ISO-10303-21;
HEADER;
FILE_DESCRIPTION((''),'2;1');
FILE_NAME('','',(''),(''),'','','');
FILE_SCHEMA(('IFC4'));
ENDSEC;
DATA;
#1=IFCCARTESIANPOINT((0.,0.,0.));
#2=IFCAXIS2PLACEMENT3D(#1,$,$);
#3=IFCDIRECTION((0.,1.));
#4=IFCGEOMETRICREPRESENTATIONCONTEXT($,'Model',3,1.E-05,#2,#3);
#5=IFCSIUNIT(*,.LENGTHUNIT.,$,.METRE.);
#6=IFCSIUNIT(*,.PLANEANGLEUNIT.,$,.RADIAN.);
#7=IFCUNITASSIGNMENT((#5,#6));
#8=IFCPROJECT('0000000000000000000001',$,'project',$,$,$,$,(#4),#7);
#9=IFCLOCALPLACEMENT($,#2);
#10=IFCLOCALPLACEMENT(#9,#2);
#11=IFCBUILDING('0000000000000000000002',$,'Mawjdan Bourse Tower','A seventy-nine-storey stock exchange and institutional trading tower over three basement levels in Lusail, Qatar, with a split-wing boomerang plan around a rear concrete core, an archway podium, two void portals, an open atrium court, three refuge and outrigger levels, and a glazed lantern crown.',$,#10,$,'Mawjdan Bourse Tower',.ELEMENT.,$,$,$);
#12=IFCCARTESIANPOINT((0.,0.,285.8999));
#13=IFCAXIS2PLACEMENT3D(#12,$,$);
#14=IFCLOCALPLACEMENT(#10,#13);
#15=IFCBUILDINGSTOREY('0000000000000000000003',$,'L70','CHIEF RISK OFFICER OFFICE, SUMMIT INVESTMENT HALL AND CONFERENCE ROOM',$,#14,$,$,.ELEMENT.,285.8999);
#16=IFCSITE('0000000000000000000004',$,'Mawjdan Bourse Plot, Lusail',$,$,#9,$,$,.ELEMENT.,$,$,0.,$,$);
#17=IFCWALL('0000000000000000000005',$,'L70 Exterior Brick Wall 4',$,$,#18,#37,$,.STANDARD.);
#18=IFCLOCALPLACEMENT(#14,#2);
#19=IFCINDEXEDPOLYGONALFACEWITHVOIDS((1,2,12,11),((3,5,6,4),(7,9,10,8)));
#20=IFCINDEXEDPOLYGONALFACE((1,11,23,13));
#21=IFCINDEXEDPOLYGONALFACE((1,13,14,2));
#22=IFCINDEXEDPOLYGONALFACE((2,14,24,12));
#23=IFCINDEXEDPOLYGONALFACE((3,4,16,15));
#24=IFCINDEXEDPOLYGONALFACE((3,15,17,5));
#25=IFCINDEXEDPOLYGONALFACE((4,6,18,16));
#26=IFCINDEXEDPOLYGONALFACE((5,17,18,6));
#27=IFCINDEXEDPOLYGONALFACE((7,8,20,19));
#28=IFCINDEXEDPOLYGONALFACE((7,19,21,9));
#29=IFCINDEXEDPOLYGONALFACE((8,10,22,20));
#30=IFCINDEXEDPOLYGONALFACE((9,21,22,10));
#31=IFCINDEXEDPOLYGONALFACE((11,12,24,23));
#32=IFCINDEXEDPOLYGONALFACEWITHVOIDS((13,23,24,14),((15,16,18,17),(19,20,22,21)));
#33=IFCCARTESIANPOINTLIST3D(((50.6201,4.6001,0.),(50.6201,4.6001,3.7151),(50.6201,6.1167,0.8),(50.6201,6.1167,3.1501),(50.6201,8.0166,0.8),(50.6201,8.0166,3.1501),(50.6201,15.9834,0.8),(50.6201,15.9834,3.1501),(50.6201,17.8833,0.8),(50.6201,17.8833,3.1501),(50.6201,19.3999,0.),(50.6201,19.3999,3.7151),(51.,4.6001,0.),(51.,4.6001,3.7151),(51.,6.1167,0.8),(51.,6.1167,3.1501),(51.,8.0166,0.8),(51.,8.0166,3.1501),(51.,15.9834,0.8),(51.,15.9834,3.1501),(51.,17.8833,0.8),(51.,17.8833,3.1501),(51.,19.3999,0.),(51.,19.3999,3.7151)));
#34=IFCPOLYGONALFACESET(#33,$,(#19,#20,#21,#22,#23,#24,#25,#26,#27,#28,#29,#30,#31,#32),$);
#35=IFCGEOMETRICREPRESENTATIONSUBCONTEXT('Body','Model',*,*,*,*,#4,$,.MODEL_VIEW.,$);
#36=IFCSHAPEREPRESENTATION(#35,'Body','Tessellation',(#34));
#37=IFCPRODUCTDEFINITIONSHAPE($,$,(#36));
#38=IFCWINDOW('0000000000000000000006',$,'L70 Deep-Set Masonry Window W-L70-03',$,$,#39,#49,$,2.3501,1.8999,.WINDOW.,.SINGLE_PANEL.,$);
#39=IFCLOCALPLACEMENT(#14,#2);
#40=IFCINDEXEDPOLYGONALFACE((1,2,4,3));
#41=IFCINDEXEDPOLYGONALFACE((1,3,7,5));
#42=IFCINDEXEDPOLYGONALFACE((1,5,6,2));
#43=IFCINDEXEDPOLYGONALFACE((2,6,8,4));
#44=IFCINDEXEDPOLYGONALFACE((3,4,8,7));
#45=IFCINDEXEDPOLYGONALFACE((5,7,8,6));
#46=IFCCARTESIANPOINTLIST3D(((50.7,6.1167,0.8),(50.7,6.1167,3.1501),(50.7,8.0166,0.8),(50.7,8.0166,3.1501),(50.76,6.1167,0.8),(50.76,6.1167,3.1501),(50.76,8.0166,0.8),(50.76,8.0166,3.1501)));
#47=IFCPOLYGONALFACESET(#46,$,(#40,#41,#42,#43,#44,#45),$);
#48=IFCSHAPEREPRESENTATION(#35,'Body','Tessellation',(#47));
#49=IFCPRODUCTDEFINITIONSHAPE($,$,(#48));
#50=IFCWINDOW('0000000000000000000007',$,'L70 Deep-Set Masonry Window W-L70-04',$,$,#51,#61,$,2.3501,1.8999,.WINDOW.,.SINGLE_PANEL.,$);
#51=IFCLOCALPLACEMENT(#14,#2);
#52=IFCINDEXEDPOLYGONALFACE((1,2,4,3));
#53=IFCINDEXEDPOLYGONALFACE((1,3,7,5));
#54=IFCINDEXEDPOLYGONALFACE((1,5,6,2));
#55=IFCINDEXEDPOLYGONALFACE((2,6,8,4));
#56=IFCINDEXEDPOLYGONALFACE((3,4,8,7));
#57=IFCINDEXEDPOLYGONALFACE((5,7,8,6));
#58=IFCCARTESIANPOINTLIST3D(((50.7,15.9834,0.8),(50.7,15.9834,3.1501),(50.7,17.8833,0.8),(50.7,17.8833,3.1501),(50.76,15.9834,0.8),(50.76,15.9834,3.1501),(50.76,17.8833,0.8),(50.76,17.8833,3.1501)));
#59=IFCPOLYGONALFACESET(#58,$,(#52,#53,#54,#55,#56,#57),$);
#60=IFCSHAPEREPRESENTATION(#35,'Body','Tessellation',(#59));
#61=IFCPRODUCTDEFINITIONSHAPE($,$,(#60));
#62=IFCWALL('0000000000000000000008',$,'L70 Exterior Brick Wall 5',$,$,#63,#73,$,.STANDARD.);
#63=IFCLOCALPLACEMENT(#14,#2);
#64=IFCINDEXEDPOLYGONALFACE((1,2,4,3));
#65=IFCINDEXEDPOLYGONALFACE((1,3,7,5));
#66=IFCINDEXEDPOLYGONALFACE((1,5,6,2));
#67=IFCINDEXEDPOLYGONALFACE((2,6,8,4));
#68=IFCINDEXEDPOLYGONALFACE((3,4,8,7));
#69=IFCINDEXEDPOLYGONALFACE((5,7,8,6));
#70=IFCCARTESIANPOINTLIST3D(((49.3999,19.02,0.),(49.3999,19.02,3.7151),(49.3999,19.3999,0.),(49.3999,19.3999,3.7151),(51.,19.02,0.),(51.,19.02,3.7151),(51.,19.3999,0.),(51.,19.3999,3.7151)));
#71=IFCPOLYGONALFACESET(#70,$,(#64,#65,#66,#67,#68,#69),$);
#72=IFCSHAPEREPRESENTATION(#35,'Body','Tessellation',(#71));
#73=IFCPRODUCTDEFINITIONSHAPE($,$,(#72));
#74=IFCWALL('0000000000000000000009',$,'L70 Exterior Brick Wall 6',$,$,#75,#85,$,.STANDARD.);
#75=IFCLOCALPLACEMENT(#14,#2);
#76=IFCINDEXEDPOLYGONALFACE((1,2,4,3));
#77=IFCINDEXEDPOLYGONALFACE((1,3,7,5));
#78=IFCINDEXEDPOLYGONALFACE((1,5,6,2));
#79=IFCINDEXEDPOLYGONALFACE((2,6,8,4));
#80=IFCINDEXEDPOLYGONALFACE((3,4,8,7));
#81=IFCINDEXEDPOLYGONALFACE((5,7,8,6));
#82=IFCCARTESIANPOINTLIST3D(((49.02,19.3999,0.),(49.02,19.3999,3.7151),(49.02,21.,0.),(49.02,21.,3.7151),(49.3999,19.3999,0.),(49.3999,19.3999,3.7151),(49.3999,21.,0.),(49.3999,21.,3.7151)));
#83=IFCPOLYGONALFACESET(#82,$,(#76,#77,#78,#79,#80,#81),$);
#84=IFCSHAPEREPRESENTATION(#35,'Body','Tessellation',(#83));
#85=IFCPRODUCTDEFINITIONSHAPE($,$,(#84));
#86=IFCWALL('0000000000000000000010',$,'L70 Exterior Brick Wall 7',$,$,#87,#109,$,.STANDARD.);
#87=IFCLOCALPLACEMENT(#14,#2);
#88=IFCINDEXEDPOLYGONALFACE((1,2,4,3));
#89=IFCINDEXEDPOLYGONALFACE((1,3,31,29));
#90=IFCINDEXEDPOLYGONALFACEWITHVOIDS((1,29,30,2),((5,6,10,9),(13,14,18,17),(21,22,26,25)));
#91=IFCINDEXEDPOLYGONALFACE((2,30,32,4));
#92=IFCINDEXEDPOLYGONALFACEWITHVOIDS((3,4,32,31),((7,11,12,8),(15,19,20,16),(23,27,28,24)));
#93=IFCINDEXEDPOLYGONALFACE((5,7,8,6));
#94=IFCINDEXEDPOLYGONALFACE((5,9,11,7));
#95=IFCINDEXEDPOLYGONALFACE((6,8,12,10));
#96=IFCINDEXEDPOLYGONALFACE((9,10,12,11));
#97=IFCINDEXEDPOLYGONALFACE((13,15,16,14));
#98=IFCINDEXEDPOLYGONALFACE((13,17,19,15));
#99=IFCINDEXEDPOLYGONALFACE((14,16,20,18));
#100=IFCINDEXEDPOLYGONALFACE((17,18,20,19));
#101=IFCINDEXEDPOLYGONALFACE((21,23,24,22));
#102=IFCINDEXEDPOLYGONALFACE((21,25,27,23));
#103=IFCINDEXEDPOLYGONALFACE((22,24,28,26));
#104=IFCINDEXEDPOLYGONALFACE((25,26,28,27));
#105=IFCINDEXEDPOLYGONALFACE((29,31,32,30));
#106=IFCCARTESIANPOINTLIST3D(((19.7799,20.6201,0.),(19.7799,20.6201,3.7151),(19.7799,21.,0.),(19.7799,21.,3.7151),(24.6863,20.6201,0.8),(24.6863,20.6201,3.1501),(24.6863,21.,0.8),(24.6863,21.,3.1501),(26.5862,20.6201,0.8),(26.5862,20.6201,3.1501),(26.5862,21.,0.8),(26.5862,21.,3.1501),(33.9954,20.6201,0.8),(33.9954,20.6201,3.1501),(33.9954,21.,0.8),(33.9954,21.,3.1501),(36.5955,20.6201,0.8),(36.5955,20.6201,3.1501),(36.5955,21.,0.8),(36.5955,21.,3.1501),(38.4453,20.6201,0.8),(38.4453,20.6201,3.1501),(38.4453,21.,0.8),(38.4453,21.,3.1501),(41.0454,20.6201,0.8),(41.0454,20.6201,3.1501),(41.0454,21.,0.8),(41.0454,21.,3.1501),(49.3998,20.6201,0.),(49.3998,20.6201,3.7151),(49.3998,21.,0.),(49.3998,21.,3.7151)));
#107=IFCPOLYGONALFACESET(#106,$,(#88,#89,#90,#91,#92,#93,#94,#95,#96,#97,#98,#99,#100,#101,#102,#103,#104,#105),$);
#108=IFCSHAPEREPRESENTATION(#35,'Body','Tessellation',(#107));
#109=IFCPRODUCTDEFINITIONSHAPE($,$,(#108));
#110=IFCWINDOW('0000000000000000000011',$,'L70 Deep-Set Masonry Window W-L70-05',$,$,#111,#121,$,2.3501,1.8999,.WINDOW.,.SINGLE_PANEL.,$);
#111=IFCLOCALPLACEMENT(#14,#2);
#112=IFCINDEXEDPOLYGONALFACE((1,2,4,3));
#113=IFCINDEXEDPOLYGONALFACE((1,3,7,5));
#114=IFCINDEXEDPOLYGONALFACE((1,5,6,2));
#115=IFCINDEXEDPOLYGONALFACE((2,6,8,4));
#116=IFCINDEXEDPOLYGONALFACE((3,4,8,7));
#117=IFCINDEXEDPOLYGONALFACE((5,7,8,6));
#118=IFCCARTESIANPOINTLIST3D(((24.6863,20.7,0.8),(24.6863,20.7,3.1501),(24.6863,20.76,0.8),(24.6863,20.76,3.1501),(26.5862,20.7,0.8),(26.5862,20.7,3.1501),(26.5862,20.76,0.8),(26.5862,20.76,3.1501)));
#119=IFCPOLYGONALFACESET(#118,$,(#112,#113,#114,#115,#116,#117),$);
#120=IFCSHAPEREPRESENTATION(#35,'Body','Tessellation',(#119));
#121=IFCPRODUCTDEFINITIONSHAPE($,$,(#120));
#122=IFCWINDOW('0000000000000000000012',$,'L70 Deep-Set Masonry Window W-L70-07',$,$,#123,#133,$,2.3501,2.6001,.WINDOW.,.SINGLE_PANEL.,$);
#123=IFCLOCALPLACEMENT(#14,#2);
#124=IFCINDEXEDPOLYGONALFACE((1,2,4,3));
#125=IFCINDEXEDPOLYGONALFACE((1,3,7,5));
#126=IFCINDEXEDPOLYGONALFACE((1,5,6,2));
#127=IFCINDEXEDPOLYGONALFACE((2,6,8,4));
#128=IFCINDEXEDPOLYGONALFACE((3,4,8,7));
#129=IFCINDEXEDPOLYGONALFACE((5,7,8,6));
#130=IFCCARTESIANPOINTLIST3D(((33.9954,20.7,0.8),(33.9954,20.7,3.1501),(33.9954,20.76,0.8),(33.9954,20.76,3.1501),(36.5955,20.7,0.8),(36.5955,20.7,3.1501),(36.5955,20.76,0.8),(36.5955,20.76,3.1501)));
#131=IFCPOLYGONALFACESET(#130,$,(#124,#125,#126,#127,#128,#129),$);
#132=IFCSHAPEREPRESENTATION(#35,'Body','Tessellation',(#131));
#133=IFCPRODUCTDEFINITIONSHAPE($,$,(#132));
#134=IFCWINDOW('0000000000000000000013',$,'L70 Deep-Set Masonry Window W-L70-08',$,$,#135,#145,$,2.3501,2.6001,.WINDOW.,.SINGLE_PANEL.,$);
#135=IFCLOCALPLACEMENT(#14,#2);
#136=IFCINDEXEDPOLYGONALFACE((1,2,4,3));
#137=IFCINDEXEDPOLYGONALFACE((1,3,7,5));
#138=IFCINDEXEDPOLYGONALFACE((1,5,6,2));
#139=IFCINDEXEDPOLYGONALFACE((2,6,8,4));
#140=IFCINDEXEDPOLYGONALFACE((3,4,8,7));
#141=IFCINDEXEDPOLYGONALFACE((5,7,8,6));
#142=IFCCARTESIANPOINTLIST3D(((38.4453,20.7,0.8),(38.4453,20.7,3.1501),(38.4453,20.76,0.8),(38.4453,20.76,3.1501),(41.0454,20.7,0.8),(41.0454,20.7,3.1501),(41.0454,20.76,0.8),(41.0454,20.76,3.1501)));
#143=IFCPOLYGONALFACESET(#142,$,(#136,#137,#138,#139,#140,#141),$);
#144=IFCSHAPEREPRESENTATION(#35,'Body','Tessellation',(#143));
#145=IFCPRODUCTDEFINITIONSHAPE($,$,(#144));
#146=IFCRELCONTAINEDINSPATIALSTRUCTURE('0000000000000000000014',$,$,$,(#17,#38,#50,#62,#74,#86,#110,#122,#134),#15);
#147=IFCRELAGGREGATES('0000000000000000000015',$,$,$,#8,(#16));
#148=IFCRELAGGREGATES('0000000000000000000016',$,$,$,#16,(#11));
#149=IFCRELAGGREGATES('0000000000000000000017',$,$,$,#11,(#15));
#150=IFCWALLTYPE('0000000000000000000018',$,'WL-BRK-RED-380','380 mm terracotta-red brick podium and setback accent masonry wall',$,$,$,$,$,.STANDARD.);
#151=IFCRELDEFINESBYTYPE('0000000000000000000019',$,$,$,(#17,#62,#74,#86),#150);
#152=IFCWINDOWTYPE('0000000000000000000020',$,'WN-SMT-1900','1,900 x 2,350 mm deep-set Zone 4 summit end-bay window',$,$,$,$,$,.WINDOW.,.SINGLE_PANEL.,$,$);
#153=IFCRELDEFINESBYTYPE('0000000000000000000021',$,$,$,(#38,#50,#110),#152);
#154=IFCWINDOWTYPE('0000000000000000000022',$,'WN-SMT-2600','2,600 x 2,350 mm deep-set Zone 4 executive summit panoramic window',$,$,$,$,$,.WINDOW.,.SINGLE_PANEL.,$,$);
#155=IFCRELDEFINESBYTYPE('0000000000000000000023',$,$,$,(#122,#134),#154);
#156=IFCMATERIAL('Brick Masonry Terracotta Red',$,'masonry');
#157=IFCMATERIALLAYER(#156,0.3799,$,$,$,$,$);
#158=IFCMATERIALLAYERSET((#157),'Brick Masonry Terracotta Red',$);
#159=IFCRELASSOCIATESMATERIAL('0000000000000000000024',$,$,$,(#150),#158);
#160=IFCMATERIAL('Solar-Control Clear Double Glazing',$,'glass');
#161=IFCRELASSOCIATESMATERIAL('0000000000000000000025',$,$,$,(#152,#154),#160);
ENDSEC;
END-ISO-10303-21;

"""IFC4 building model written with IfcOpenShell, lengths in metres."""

from ifc_helpers import new_model, si_unit, direction, frame, frame_2d, origin, place, context, subcontext, project, spatial, rectangle, extrude, material, layer, layer_set, type_object, element, fill, save


model = new_model("IFC4")

# Units and contexts
model_context = context("Model", 3, precision=1e-05, world=origin(), true_north=direction((0.0, 1.0)))
body_context = subcontext(model_context, "Body", "Model", "MODEL_VIEW")
ifc_project = project(units=[si_unit("LENGTHUNIT", "METRE"), si_unit("PLANEANGLEUNIT", "RADIAN")], contexts=[model_context])

# Site, building, storey
site_placement = place(None, origin())
site = spatial("IfcSite", under=ifc_project, at=site_placement, Name="Mawjdan Bourse Plot, Lusail", CompositionType="ELEMENT", RefElevation=0.0)
building_placement = place(site_placement, origin())
building = spatial("IfcBuilding", under=site, at=building_placement, Name="Mawjdan Bourse Tower", Description="A seventy-nine-storey stock exchange and institutional trading tower over three basement levels in Lusail, Qatar, with a split-wing boomerang plan around a rear concrete core, an archway podium, two void portals, an open atrium court, three refuge and outrigger levels, and a glazed lantern crown.", LongName="Mawjdan Bourse Tower", CompositionType="ELEMENT")
storey_placement = place(building_placement, frame((0.0, 0.0, 285.8999)))
storey = spatial("IfcBuildingStorey", under=building, at=storey_placement, Name="L70", Description="CHIEF RISK OFFICER OFFICE, SUMMIT INVESTMENT HALL AND CONFERENCE ROOM", CompositionType="ELEMENT", Elevation=285.8999)

# Shared definitions
ifc_material_1 = material(Name="Brick Masonry Terracotta Red", Category="masonry")
ifc_layer_1 = layer(ifc_material_1, 0.3799)
ifc_layer_set_1 = layer_set([ifc_layer_1], Name="Brick Masonry Terracotta Red")
wall_type_1 = type_object("IfcWallType", Name="WL-BRK-RED-380", Description="380 mm terracotta-red brick podium and setback accent masonry wall", PredefinedType="STANDARD", material=ifc_layer_set_1)

# Wall, openings, windows
wall_1_placement = place(storey_placement, frame((50.8101, 4.6001, 0.0), z_axis=(0.0, 0.0, 1.0), x_axis=(0.0, 1.0, 0.0)))
wall_1 = element("IfcWall", 1, at=wall_1_placement, inside=storey, type_object=wall_type_1, Name="L70 Exterior Brick Wall 4", PredefinedType="STANDARD", context=body_context, shape_type="SweptSolid", body=[
    extrude(rectangle(XDim=14.7998, YDim=0.3799, at=frame_2d((7.3999, 0.0))), origin(), (0.0, 0.0, 1.0), 3.7151),
])
opening_1_placement = place(wall_1_placement, frame((1.5166, 0.0, 0.8)))
opening_1 = element("IfcOpeningElement", 2, at=opening_1_placement, cuts=wall_1, PredefinedType="OPENING", context=body_context, shape_type="SweptSolid", body=[
    extrude(rectangle(XDim=1.8999, YDim=2.3501, at=frame_2d((0.95, 1.175))), frame((0.0, 0.2, 0.0), z_axis=(0.0, -1.0, 0.0), x_axis=(1.0, 0.0, 0.0)), (0.0, 0.0, 1.0), 0.3999),
])
opening_2_placement = place(wall_1_placement, frame((11.3833, 0.0, 0.8)))
opening_2 = element("IfcOpeningElement", 3, at=opening_2_placement, cuts=wall_1, PredefinedType="OPENING", context=body_context, shape_type="SweptSolid", body=[
    extrude(rectangle(XDim=1.8999, YDim=2.3501, at=frame_2d((0.95, 1.175))), frame((0.0, 0.2, 0.0), z_axis=(0.0, -1.0, 0.0), x_axis=(1.0, 0.0, 0.0)), (0.0, 0.0, 1.0), 0.3999),
])
ifc_material_2 = material(Name="Solar-Control Clear Double Glazing", Category="glass")
window_type_1 = type_object("IfcWindowType", Name="WN-SMT-1900", Description="1,900 x 2,350 mm deep-set Zone 4 summit end-bay window", PartitioningType="SINGLE_PANEL", PredefinedType="WINDOW", material=ifc_material_2)
window_1_placement = place(opening_1_placement, origin())
window_1 = element("IfcWindow", 4, at=window_1_placement, inside=storey, type_object=window_type_1, Name="L70 Deep-Set Masonry Window W-L70-03", OverallHeight=2.3501, OverallWidth=1.8999, PartitioningType="SINGLE_PANEL", PredefinedType="WINDOW", context=body_context, shape_type="SweptSolid", body=[
    extrude(rectangle(XDim=1.8999, YDim=2.3501, at=frame_2d((0.95, 1.175))), frame((0.0, 0.1101, 0.0), z_axis=(0.0, -1.0, 0.0), x_axis=(1.0, 0.0, 0.0)), (0.0, 0.0, 1.0), 0.0601),
])
fill(opening_1, window_1)
window_2_placement = place(opening_2_placement, origin())
window_2 = element("IfcWindow", 5, at=window_2_placement, inside=storey, type_object=window_type_1, Name="L70 Deep-Set Masonry Window W-L70-04", OverallHeight=2.3501, OverallWidth=1.8999, PartitioningType="SINGLE_PANEL", PredefinedType="WINDOW", context=body_context, shape_type="SweptSolid", body=[
    extrude(rectangle(XDim=1.8999, YDim=2.3501, at=frame_2d((0.95, 1.175))), frame((0.0, 0.1101, 0.0), z_axis=(0.0, -1.0, 0.0), x_axis=(1.0, 0.0, 0.0)), (0.0, 0.0, 1.0), 0.0601),
])
fill(opening_2, window_2)

# Walls
for number, where, z_axis, x_axis, name in (
    (6, (51.0, 19.21, 0.0), (0.0, 0.0, 1.0), (-1.0, 0.0, 0.0), "L70 Exterior Brick Wall 5"),
    (7, (49.21, 19.3999, 0.0), (0.0, 0.0, 1.0), (0.0, 1.0, 0.0), "L70 Exterior Brick Wall 6"),
):
    element("IfcWall", number, at=place(storey_placement, frame(where, z_axis=z_axis, x_axis=x_axis)), inside=storey, type_object=wall_type_1, Name=name, PredefinedType="STANDARD", context=body_context, shape_type="SweptSolid", body=[
        extrude(rectangle(XDim=1.6001, YDim=0.3799, at=frame_2d((0.8, 0.0))), origin(), (0.0, 0.0, 1.0), 3.7151),
    ])

# Wall, openings, windows
wall_2_placement = place(storey_placement, frame((49.3999, 20.8101, 0.0), z_axis=(0.0, 0.0, 1.0), x_axis=(-1.0, 0.0, 0.0)))
wall_2 = element("IfcWall", 8, at=wall_2_placement, inside=storey, type_object=wall_type_1, Name="L70 Exterior Brick Wall 7", PredefinedType="STANDARD", context=body_context, shape_type="SweptSolid", body=[
    extrude(rectangle(XDim=29.6199, YDim=0.3799, at=frame_2d((14.8101, 0.0))), origin(), (0.0, 0.0, 1.0), 3.7151),
])
opening_3_placement = place(wall_2_placement, frame((22.8137, 0.0, 0.8)))
opening_3 = element("IfcOpeningElement", 9, at=opening_3_placement, cuts=wall_2, PredefinedType="OPENING", context=body_context, shape_type="SweptSolid", body=[
    extrude(rectangle(XDim=1.8999, YDim=2.3501, at=frame_2d((0.95, 1.175))), frame((0.0, 0.2, 0.0), z_axis=(0.0, -1.0, 0.0), x_axis=(1.0, 0.0, 0.0)), (0.0, 0.0, 1.0), 0.3999),
])
opening_4_placement = place(wall_2_placement, frame((12.8044, 0.0, 0.8)))
opening_4 = element("IfcOpeningElement", 10, at=opening_4_placement, cuts=wall_2, PredefinedType="OPENING", context=body_context, shape_type="SweptSolid", body=[
    extrude(rectangle(XDim=2.6001, YDim=2.3501, at=frame_2d((1.3, 1.175))), frame((0.0, 0.2, 0.0), z_axis=(0.0, -1.0, 0.0), x_axis=(1.0, 0.0, 0.0)), (0.0, 0.0, 1.0), 0.3999),
])
opening_5_placement = place(wall_2_placement, frame((8.3545, 0.0, 0.8)))
opening_5 = element("IfcOpeningElement", 11, at=opening_5_placement, cuts=wall_2, PredefinedType="OPENING", context=body_context, shape_type="SweptSolid", body=[
    extrude(rectangle(XDim=2.6001, YDim=2.3501, at=frame_2d((1.3, 1.175))), frame((0.0, 0.2, 0.0), z_axis=(0.0, -1.0, 0.0), x_axis=(1.0, 0.0, 0.0)), (0.0, 0.0, 1.0), 0.3999),
])
window_3_placement = place(opening_3_placement, origin())
window_3 = element("IfcWindow", 12, at=window_3_placement, inside=storey, type_object=window_type_1, Name="L70 Deep-Set Masonry Window W-L70-05", OverallHeight=2.3501, OverallWidth=1.8999, PartitioningType="SINGLE_PANEL", PredefinedType="WINDOW", context=body_context, shape_type="SweptSolid", body=[
    extrude(rectangle(XDim=1.8999, YDim=2.3501, at=frame_2d((0.95, 1.175))), frame((0.0, 0.1101, 0.0), z_axis=(0.0, -1.0, 0.0), x_axis=(1.0, 0.0, 0.0)), (0.0, 0.0, 1.0), 0.0601),
])
fill(opening_3, window_3)
window_type_2 = type_object("IfcWindowType", Name="WN-SMT-2600", Description="2,600 x 2,350 mm deep-set Zone 4 executive summit panoramic window", PartitioningType="SINGLE_PANEL", PredefinedType="WINDOW", material=ifc_material_2)
window_4_placement = place(opening_4_placement, origin())
window_4 = element("IfcWindow", 13, at=window_4_placement, inside=storey, type_object=window_type_2, Name="L70 Deep-Set Masonry Window W-L70-07", OverallHeight=2.3501, OverallWidth=2.6001, PartitioningType="SINGLE_PANEL", PredefinedType="WINDOW", context=body_context, shape_type="SweptSolid", body=[
    extrude(rectangle(XDim=2.6001, YDim=2.3501, at=frame_2d((1.3, 1.175))), frame((0.0, 0.1101, 0.0), z_axis=(0.0, -1.0, 0.0), x_axis=(1.0, 0.0, 0.0)), (0.0, 0.0, 1.0), 0.0601),
])
fill(opening_4, window_4)
window_5_placement = place(opening_5_placement, origin())
window_5 = element("IfcWindow", 14, at=window_5_placement, inside=storey, type_object=window_type_2, Name="L70 Deep-Set Masonry Window W-L70-08", OverallHeight=2.3501, OverallWidth=2.6001, PartitioningType="SINGLE_PANEL", PredefinedType="WINDOW", context=body_context, shape_type="SweptSolid", body=[
    extrude(rectangle(XDim=2.6001, YDim=2.3501, at=frame_2d((1.3, 1.175))), frame((0.0, 0.1101, 0.0), z_axis=(0.0, -1.0, 0.0), x_axis=(1.0, 0.0, 0.0)), (0.0, 0.0, 1.0), 0.0601),
])
fill(opening_5, window_5)

save(model, "model.ifc")
